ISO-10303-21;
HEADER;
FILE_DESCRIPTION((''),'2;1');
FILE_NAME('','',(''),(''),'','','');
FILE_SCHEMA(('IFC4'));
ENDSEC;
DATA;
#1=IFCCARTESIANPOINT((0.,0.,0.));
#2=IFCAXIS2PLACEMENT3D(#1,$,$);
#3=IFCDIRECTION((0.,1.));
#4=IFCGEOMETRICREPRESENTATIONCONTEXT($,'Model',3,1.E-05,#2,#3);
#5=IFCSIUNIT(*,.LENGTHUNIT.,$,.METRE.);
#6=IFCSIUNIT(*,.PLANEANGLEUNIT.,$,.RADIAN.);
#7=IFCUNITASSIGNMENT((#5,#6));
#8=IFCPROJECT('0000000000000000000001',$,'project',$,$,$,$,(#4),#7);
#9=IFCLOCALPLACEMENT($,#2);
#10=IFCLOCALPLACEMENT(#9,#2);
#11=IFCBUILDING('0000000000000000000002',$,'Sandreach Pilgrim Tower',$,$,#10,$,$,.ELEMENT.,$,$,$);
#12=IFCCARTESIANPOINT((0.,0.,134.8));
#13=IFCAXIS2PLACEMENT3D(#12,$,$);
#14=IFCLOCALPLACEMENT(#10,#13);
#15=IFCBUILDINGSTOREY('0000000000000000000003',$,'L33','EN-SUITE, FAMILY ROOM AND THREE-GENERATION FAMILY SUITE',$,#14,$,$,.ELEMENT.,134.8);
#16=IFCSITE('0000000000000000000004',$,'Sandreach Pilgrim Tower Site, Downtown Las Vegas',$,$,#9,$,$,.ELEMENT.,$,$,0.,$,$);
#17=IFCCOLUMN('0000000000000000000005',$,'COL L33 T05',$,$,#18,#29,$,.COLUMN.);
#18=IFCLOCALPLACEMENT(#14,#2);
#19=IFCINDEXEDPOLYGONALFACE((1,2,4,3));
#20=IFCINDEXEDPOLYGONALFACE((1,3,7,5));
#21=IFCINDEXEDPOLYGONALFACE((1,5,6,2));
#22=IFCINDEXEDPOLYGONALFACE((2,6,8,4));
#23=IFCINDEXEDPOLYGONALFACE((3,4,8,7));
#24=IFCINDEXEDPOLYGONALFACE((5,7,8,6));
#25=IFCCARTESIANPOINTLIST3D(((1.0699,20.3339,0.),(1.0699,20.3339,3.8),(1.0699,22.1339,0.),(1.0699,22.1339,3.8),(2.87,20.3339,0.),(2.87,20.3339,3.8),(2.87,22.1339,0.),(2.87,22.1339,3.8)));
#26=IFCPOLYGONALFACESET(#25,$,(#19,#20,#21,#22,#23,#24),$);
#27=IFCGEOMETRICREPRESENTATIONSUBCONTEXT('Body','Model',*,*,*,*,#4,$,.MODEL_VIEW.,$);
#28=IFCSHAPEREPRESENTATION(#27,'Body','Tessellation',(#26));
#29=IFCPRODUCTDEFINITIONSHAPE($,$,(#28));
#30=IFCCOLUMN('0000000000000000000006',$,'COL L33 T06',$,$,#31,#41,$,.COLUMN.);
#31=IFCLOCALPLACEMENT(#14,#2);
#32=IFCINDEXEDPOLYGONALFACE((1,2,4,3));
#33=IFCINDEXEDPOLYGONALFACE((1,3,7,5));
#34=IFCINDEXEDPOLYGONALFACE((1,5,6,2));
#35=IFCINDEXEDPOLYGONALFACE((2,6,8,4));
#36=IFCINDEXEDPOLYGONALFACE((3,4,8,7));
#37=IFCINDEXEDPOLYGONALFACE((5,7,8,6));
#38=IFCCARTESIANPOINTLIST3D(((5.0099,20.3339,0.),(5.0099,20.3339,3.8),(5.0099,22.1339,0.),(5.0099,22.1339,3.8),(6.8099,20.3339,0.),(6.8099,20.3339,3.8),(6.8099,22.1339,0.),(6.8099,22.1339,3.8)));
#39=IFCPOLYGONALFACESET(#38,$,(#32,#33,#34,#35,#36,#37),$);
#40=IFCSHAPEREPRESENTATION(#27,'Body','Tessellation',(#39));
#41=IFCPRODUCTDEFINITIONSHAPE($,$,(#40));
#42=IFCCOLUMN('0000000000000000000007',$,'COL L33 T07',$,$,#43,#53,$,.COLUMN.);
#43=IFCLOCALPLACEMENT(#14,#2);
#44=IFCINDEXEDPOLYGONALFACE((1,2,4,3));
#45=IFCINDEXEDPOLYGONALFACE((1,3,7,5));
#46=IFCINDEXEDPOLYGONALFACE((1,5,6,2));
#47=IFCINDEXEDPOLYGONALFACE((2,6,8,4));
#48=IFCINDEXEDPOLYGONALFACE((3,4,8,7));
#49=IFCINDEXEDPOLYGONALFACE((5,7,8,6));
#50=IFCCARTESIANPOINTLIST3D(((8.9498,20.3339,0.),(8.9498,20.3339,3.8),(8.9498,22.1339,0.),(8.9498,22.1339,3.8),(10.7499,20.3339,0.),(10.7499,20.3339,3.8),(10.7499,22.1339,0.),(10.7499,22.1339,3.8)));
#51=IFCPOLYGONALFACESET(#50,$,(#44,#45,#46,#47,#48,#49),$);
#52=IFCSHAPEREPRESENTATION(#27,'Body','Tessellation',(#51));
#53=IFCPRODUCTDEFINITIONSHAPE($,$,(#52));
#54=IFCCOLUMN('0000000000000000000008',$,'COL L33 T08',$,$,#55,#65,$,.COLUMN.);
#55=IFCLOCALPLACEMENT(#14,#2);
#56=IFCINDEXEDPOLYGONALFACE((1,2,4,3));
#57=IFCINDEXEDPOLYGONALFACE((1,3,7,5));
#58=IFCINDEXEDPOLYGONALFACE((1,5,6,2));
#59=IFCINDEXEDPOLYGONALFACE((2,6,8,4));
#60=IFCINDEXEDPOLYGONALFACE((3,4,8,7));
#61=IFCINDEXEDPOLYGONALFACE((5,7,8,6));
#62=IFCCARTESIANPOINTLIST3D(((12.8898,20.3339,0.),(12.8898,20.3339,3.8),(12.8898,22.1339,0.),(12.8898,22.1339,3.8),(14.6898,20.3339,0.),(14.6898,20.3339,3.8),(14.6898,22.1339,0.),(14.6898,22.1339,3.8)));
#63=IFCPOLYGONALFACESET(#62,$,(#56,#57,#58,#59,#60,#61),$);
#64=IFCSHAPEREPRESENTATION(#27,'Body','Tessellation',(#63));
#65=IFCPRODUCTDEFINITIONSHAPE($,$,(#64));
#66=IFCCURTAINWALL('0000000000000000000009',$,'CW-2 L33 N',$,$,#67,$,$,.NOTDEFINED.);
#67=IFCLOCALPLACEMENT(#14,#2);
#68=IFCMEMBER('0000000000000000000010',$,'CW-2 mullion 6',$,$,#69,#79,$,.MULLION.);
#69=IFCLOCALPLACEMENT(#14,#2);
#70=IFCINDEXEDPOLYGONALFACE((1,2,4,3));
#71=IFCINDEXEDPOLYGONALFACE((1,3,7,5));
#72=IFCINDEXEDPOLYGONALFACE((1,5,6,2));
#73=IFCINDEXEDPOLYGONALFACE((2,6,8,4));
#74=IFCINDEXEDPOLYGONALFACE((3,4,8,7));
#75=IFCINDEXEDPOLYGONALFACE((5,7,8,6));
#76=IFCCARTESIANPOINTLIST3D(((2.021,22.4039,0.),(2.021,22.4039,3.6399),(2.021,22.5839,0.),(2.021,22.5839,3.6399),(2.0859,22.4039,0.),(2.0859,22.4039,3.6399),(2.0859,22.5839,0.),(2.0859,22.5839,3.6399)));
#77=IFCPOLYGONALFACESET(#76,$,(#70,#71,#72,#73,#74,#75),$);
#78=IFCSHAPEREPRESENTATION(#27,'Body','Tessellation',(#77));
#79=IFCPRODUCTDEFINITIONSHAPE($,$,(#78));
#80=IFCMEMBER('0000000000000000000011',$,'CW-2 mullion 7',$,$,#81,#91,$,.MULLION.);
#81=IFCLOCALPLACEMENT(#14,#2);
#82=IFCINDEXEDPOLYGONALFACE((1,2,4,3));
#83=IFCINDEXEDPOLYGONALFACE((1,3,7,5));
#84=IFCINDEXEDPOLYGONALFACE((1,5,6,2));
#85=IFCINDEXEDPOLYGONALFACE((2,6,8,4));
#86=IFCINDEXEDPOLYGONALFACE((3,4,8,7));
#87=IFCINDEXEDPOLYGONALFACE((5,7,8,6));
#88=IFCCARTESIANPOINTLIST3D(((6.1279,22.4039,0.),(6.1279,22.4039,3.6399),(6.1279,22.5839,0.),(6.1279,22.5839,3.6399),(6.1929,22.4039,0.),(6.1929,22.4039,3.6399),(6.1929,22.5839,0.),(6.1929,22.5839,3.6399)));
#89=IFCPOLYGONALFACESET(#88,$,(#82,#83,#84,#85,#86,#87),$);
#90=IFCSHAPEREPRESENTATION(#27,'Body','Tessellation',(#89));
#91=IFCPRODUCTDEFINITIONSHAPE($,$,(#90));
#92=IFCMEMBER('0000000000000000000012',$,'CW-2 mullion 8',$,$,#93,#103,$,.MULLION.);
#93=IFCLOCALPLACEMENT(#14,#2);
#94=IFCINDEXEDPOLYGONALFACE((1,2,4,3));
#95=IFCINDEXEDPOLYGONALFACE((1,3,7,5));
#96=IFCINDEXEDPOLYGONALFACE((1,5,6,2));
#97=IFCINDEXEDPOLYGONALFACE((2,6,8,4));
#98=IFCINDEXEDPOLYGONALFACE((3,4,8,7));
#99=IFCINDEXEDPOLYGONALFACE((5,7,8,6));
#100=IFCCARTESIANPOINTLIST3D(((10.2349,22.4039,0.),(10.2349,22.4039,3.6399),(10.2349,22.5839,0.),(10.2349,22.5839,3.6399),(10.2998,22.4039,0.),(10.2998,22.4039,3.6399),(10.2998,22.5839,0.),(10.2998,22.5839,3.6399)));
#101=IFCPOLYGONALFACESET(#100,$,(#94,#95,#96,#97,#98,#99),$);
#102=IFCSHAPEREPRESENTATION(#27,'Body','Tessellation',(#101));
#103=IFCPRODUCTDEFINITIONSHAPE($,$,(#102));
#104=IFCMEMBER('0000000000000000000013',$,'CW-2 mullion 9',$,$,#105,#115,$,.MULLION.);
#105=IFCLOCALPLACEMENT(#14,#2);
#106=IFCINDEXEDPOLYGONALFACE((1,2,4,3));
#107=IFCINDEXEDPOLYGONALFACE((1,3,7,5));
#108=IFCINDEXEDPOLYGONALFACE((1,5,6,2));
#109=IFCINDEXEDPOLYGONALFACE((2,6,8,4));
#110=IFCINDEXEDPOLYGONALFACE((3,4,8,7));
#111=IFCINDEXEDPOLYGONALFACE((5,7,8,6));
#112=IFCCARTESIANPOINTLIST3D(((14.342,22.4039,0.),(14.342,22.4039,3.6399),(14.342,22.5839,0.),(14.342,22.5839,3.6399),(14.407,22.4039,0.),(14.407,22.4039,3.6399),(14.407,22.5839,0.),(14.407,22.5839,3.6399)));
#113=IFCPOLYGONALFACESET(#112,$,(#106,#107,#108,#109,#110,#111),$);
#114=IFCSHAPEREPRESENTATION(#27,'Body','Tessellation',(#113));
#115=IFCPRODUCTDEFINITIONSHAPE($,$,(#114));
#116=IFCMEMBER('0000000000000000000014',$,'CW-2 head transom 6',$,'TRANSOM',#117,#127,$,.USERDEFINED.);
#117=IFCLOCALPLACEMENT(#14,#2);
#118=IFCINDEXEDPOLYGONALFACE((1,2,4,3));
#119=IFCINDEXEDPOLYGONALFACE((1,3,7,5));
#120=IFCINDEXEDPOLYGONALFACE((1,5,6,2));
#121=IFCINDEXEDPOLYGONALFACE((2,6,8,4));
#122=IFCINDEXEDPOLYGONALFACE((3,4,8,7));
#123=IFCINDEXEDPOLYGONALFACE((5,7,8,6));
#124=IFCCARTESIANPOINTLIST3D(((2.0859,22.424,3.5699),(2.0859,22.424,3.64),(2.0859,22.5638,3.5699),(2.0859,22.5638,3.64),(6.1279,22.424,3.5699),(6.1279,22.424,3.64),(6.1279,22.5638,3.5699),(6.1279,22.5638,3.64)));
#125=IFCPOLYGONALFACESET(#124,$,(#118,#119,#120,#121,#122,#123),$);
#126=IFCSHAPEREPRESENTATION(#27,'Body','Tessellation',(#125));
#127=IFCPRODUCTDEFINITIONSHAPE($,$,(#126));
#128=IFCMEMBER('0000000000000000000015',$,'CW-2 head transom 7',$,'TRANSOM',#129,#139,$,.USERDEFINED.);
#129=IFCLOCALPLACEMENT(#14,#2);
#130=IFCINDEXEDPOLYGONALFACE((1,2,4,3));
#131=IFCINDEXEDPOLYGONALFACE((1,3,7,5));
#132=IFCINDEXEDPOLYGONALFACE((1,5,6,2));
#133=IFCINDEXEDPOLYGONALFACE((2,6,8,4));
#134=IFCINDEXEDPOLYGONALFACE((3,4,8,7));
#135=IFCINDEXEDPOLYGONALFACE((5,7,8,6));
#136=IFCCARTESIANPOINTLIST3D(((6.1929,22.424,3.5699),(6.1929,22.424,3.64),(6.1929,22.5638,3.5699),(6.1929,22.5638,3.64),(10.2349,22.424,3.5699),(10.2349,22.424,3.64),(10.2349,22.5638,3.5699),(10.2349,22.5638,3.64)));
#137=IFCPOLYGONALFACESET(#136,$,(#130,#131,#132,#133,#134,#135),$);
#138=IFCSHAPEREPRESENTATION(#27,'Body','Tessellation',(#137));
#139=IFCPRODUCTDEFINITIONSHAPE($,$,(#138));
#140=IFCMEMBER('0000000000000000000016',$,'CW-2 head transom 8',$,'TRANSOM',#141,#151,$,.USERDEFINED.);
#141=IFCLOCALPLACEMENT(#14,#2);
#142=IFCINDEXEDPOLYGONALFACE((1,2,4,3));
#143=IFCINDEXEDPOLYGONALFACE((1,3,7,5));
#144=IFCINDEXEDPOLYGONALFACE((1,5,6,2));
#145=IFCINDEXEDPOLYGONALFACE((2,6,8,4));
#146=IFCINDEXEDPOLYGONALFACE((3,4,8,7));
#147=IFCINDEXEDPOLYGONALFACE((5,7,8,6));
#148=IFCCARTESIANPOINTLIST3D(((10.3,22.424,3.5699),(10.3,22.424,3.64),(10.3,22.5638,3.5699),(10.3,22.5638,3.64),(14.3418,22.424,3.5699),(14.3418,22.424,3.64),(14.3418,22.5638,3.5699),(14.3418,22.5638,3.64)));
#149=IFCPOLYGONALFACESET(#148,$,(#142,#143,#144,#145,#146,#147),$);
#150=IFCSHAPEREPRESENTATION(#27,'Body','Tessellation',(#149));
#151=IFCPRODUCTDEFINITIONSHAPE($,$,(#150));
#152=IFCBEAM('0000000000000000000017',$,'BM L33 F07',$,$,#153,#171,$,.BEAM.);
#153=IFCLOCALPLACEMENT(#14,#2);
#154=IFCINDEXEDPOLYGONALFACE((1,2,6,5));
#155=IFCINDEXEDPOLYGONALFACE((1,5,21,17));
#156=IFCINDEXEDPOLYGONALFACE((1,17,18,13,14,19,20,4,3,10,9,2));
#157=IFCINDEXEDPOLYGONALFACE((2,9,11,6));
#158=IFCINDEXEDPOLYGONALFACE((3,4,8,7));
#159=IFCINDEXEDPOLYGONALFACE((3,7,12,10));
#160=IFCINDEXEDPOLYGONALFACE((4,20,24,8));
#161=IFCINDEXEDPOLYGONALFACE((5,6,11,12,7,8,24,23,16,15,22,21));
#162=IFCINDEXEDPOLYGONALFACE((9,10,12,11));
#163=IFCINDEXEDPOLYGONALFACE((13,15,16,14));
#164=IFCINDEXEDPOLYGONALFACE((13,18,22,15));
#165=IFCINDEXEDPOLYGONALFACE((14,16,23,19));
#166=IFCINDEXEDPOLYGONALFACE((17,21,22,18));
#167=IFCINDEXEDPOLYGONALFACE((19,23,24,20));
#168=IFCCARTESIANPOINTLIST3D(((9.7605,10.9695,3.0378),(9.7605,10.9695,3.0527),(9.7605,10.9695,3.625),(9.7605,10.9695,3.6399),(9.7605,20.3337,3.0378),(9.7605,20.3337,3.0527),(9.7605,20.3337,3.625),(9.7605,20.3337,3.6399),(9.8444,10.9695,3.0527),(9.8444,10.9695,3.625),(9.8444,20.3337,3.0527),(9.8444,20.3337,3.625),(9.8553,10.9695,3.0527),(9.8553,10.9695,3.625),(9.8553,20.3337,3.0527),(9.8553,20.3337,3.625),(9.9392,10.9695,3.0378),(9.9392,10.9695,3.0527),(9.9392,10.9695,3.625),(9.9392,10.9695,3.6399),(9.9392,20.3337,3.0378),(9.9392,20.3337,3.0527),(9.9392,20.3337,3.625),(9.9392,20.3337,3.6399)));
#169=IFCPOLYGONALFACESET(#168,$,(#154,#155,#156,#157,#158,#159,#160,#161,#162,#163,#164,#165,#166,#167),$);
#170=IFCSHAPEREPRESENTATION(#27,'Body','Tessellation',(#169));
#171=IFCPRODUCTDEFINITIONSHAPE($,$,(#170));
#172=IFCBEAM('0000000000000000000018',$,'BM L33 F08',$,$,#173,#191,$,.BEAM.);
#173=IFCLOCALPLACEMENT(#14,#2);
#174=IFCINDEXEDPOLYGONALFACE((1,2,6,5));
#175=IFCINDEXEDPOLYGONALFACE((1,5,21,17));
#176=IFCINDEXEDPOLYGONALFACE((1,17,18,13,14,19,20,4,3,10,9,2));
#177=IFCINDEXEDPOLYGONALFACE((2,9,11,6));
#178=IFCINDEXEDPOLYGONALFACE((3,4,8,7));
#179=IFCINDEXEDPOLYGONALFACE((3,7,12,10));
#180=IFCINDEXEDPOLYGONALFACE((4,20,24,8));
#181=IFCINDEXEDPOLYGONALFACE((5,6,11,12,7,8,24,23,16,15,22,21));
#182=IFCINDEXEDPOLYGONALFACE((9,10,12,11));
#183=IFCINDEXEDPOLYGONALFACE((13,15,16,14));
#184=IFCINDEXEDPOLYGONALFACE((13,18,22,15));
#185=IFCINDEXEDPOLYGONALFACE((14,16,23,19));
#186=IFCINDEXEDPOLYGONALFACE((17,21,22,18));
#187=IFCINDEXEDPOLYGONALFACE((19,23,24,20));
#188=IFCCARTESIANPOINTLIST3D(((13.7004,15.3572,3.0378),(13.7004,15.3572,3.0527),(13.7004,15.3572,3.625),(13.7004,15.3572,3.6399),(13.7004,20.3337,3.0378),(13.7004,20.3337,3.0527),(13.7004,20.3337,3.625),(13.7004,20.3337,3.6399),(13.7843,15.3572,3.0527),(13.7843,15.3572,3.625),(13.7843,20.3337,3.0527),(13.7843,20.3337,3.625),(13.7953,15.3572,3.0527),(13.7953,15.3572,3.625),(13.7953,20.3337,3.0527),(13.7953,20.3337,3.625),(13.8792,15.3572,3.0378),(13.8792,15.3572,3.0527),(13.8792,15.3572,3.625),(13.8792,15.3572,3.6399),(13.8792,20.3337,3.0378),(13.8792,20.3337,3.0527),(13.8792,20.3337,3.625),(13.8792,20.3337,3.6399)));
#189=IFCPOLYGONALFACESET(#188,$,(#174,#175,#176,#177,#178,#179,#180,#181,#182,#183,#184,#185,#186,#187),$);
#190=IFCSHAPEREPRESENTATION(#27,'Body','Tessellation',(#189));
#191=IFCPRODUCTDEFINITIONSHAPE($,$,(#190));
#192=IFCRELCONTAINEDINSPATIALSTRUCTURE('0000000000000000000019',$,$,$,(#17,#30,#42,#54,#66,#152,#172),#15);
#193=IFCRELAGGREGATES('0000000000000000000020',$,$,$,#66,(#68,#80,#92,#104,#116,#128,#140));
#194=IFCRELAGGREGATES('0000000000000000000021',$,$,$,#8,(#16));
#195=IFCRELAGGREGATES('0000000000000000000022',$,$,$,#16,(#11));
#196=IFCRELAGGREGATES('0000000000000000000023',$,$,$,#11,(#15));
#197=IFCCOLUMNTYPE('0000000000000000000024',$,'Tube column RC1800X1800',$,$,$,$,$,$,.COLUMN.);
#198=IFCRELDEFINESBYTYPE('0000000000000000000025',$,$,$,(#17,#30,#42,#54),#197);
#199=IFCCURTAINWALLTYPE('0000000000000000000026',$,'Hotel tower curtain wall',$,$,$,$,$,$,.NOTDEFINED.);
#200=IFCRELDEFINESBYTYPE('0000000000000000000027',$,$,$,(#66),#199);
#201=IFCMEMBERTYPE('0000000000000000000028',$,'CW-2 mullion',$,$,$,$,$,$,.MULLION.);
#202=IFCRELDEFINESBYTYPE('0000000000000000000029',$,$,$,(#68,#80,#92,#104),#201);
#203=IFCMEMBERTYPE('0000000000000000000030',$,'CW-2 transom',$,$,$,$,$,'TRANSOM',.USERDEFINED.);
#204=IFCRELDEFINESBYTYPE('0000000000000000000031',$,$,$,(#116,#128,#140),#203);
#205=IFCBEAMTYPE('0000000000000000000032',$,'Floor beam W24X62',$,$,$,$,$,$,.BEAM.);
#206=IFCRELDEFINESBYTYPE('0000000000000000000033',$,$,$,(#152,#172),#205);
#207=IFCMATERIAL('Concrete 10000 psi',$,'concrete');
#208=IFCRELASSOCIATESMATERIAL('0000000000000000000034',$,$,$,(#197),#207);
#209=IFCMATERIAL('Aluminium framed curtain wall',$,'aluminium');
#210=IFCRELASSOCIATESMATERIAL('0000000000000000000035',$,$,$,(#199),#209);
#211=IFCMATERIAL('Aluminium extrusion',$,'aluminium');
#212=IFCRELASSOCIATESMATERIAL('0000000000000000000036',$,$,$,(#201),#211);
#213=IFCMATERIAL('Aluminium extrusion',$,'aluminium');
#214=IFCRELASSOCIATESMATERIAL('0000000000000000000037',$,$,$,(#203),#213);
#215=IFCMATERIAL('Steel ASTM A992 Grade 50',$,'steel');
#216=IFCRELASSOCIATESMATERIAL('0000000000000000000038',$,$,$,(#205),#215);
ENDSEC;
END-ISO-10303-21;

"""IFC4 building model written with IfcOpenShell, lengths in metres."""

from ifc_helpers import new_model, si_unit, direction, frame, origin, origin_2d, place, context, subcontext, project, spatial, rectangle, i_section, extrude, material, material_profile, profile_set, type_object, element, aggregate, save


model = new_model("IFC4")

# Units and contexts
model_context = context("Model", 3, precision=1e-05, world=origin(), true_north=direction((0.0, 1.0)))
body_context = subcontext(model_context, "Body", "Model", "MODEL_VIEW")
ifc_project = project(units=[si_unit("LENGTHUNIT", "METRE"), si_unit("PLANEANGLEUNIT", "RADIAN")], contexts=[model_context])

# Site, building, storey
site_placement = place(None, origin())
site = spatial("IfcSite", under=ifc_project, at=site_placement, Name="Sandreach Pilgrim Tower Site, Downtown Las Vegas", CompositionType="ELEMENT", RefElevation=0.0)
building_placement = place(site_placement, origin())
building = spatial("IfcBuilding", under=site, at=building_placement, Name="Sandreach Pilgrim Tower", CompositionType="ELEMENT")
storey_placement = place(building_placement, frame((0.0, 0.0, 134.8)))
storey = spatial("IfcBuildingStorey", under=building, at=storey_placement, Name="L33", Description="EN-SUITE, FAMILY ROOM AND THREE-GENERATION FAMILY SUITE", CompositionType="ELEMENT", Elevation=134.8)

# Columns
ifc_material_1 = material(Name="Concrete 10000 psi", Category="concrete")
ifc_material_profile_1 = material_profile(ifc_material_1, rectangle(XDim=1.8, YDim=1.8, at=origin_2d()), Name="RC1800X1800")
ifc_profile_set_1 = profile_set([ifc_material_profile_1], Name="Concrete 10000 psi")
column_type = type_object("IfcColumnType", Name="Tube column RC1800X1800", PredefinedType="COLUMN", material=ifc_profile_set_1)
for number, where, z_axis, x_axis, name in (
    (1, (1.97, 21.2339, 0.0), (0.0, 0.0, 1.0), (0.0, 1.0, 0.0), "COL L33 T05"),
    (2, (5.9099, 21.2339, 0.0), (0.0, 0.0, 1.0), (0.0, 1.0, 0.0), "COL L33 T06"),
    (3, (9.8499, 21.2339, 0.0), (0.0, 0.0, 1.0), (0.0, 1.0, 0.0), "COL L33 T07"),
    (4, (13.7898, 21.2339, 0.0), (0.0, 0.0, 1.0), (0.0, 1.0, 0.0), "COL L33 T08"),
):
    element("IfcColumn", number, at=place(storey_placement, frame(where, z_axis=z_axis, x_axis=x_axis)), inside=storey, type_object=column_type, Name=name, PredefinedType="COLUMN", context=body_context, shape_type="SweptSolid", body=[
        extrude(rectangle(XDim=1.8, YDim=1.8, at=origin_2d()), origin(), (0.0, 0.0, 1.0), 3.8),
    ])

# Curtain wall, members
ifc_material_2 = material(Name="Aluminium framed curtain wall", Category="aluminium")
curtain_wall_type = type_object("IfcCurtainWallType", Name="Hotel tower curtain wall", PredefinedType="NOTDEFINED", material=ifc_material_2)
curtain_wall_placement = place(storey_placement, origin())
curtain_wall = element("IfcCurtainWall", 5, at=curtain_wall_placement, inside=storey, type_object=curtain_wall_type, Name="CW-2 L33 N", PredefinedType="NOTDEFINED")
ifc_material_3 = material(Name="Aluminium extrusion", Category="aluminium")
ifc_material_profile_2 = material_profile(ifc_material_3, rectangle(XDim=0.0649, YDim=0.1799, at=origin_2d()), Name="CW-2M 65X180")
ifc_profile_set_2 = profile_set([ifc_material_profile_2], Name="Aluminium extrusion")
member_type_1 = type_object("IfcMemberType", Name="CW-2 mullion", PredefinedType="MULLION", material=ifc_profile_set_2)
member_1_placement = place(storey_placement, frame((2.0535, 22.4939, 0.0), z_axis=(0.0, 0.0, 1.0), x_axis=(1.0, 0.0, 0.0)))
member_1 = element("IfcMember", 6, at=member_1_placement, type_object=member_type_1, Name="CW-2 mullion 6", PredefinedType="MULLION", context=body_context, shape_type="SweptSolid", body=[
    extrude(rectangle(XDim=0.0649, YDim=0.1799, at=origin_2d()), origin(), (0.0, 0.0, 1.0), 3.6399),
])
member_2_placement = place(storey_placement, frame((6.1604, 22.4939, 0.0), z_axis=(0.0, 0.0, 1.0), x_axis=(1.0, 0.0, 0.0)))
member_2 = element("IfcMember", 7, at=member_2_placement, type_object=member_type_1, Name="CW-2 mullion 7", PredefinedType="MULLION", context=body_context, shape_type="SweptSolid", body=[
    extrude(rectangle(XDim=0.0649, YDim=0.1799, at=origin_2d()), origin(), (0.0, 0.0, 1.0), 3.6399),
])
member_3_placement = place(storey_placement, frame((10.2673, 22.4939, 0.0), z_axis=(0.0, 0.0, 1.0), x_axis=(1.0, 0.0, 0.0)))
member_3 = element("IfcMember", 8, at=member_3_placement, type_object=member_type_1, Name="CW-2 mullion 8", PredefinedType="MULLION", context=body_context, shape_type="SweptSolid", body=[
    extrude(rectangle(XDim=0.0649, YDim=0.1799, at=origin_2d()), origin(), (0.0, 0.0, 1.0), 3.6399),
])
member_4_placement = place(storey_placement, frame((14.3745, 22.4939, 0.0), z_axis=(0.0, 0.0, 1.0), x_axis=(1.0, 0.0, 0.0)))
member_4 = element("IfcMember", 9, at=member_4_placement, type_object=member_type_1, Name="CW-2 mullion 9", PredefinedType="MULLION", context=body_context, shape_type="SweptSolid", body=[
    extrude(rectangle(XDim=0.0649, YDim=0.1799, at=origin_2d()), origin(), (0.0, 0.0, 1.0), 3.6399),
])
ifc_material_4 = material(Name="Aluminium extrusion", Category="aluminium")
ifc_material_profile_3 = material_profile(ifc_material_4, rectangle(XDim=0.1399, YDim=0.0701, at=origin_2d()), Name="CW-2T 140X70")
ifc_profile_set_3 = profile_set([ifc_material_profile_3], Name="Aluminium extrusion")
member_type_2 = type_object("IfcMemberType", Name="CW-2 transom", ElementType="TRANSOM", PredefinedType="USERDEFINED", material=ifc_profile_set_3)
member_5_placement = place(storey_placement, frame((2.0859, 22.4939, 3.605), z_axis=(1.0, 0.0, 0.0), x_axis=(0.0, 1.0, 0.0)))
member_5 = element("IfcMember", 10, at=member_5_placement, type_object=member_type_2, Name="CW-2 head transom 6", ObjectType="TRANSOM", PredefinedType="USERDEFINED", context=body_context, shape_type="SweptSolid", body=[
    extrude(rectangle(XDim=0.1399, YDim=0.0701, at=origin_2d()), origin(), (0.0, 0.0, 1.0), 4.042),
])
member_6_placement = place(storey_placement, frame((6.1929, 22.4939, 3.605), z_axis=(1.0, 0.0, 0.0), x_axis=(0.0, 1.0, 0.0)))
member_6 = element("IfcMember", 11, at=member_6_placement, type_object=member_type_2, Name="CW-2 head transom 7", ObjectType="TRANSOM", PredefinedType="USERDEFINED", context=body_context, shape_type="SweptSolid", body=[
    extrude(rectangle(XDim=0.1399, YDim=0.0701, at=origin_2d()), origin(), (0.0, 0.0, 1.0), 4.042),
])
member_7_placement = place(storey_placement, frame((10.3, 22.4939, 3.605), z_axis=(1.0, 0.0, 0.0), x_axis=(0.0, 1.0, 0.0)))
member_7 = element("IfcMember", 12, at=member_7_placement, type_object=member_type_2, Name="CW-2 head transom 8", ObjectType="TRANSOM", PredefinedType="USERDEFINED", context=body_context, shape_type="SweptSolid", body=[
    extrude(rectangle(XDim=0.1399, YDim=0.0701, at=origin_2d()), origin(), (0.0, 0.0, 1.0), 4.0417),
])

# Beams
ifc_material_5 = material(Name="Steel ASTM A992 Grade 50", Category="steel")
ifc_material_profile_4 = material_profile(ifc_material_5, i_section(OverallWidth=0.1787, OverallDepth=0.6021, WebThickness=0.011, FlangeThickness=0.0149, at=origin_2d()), Name="W24X62")
ifc_profile_set_4 = profile_set([ifc_material_profile_4], Name="Steel ASTM A992 Grade 50")
beam_type_1 = type_object("IfcBeamType", Name="Floor beam W24X62", PredefinedType="BEAM", material=ifc_profile_set_4)
beam_1_placement = place(storey_placement, frame((9.8499, 20.3337, 3.3389), z_axis=(0.0, -1.0, 0.0), x_axis=(1.0, 0.0, 0.0)))
element("IfcBeam", 13, at=beam_1_placement, inside=storey, type_object=beam_type_1, Name="BM L33 F07", PredefinedType="BEAM", context=body_context, shape_type="SweptSolid", body=[
    extrude(i_section(OverallWidth=0.1787, OverallDepth=0.6021, WebThickness=0.011, FlangeThickness=0.0149, at=origin_2d()), origin(), (0.0, 0.0, 1.0), 9.3643),
])
beam_2_placement = place(storey_placement, frame((13.7898, 20.3337, 3.3389), z_axis=(0.0, -1.0, 0.0), x_axis=(1.0, 0.0, 0.0)))
element("IfcBeam", 14, at=beam_2_placement, inside=storey, type_object=beam_type_1, Name="BM L33 F08", PredefinedType="BEAM", context=body_context, shape_type="SweptSolid", body=[
    extrude(i_section(OverallWidth=0.1787, OverallDepth=0.6021, WebThickness=0.011, FlangeThickness=0.0149, at=origin_2d()), origin(), (0.0, 0.0, 1.0), 4.9766),
])

aggregate(curtain_wall, [member_1, member_2, member_3, member_4, member_5, member_6, member_7])

save(model, "model.ifc")
